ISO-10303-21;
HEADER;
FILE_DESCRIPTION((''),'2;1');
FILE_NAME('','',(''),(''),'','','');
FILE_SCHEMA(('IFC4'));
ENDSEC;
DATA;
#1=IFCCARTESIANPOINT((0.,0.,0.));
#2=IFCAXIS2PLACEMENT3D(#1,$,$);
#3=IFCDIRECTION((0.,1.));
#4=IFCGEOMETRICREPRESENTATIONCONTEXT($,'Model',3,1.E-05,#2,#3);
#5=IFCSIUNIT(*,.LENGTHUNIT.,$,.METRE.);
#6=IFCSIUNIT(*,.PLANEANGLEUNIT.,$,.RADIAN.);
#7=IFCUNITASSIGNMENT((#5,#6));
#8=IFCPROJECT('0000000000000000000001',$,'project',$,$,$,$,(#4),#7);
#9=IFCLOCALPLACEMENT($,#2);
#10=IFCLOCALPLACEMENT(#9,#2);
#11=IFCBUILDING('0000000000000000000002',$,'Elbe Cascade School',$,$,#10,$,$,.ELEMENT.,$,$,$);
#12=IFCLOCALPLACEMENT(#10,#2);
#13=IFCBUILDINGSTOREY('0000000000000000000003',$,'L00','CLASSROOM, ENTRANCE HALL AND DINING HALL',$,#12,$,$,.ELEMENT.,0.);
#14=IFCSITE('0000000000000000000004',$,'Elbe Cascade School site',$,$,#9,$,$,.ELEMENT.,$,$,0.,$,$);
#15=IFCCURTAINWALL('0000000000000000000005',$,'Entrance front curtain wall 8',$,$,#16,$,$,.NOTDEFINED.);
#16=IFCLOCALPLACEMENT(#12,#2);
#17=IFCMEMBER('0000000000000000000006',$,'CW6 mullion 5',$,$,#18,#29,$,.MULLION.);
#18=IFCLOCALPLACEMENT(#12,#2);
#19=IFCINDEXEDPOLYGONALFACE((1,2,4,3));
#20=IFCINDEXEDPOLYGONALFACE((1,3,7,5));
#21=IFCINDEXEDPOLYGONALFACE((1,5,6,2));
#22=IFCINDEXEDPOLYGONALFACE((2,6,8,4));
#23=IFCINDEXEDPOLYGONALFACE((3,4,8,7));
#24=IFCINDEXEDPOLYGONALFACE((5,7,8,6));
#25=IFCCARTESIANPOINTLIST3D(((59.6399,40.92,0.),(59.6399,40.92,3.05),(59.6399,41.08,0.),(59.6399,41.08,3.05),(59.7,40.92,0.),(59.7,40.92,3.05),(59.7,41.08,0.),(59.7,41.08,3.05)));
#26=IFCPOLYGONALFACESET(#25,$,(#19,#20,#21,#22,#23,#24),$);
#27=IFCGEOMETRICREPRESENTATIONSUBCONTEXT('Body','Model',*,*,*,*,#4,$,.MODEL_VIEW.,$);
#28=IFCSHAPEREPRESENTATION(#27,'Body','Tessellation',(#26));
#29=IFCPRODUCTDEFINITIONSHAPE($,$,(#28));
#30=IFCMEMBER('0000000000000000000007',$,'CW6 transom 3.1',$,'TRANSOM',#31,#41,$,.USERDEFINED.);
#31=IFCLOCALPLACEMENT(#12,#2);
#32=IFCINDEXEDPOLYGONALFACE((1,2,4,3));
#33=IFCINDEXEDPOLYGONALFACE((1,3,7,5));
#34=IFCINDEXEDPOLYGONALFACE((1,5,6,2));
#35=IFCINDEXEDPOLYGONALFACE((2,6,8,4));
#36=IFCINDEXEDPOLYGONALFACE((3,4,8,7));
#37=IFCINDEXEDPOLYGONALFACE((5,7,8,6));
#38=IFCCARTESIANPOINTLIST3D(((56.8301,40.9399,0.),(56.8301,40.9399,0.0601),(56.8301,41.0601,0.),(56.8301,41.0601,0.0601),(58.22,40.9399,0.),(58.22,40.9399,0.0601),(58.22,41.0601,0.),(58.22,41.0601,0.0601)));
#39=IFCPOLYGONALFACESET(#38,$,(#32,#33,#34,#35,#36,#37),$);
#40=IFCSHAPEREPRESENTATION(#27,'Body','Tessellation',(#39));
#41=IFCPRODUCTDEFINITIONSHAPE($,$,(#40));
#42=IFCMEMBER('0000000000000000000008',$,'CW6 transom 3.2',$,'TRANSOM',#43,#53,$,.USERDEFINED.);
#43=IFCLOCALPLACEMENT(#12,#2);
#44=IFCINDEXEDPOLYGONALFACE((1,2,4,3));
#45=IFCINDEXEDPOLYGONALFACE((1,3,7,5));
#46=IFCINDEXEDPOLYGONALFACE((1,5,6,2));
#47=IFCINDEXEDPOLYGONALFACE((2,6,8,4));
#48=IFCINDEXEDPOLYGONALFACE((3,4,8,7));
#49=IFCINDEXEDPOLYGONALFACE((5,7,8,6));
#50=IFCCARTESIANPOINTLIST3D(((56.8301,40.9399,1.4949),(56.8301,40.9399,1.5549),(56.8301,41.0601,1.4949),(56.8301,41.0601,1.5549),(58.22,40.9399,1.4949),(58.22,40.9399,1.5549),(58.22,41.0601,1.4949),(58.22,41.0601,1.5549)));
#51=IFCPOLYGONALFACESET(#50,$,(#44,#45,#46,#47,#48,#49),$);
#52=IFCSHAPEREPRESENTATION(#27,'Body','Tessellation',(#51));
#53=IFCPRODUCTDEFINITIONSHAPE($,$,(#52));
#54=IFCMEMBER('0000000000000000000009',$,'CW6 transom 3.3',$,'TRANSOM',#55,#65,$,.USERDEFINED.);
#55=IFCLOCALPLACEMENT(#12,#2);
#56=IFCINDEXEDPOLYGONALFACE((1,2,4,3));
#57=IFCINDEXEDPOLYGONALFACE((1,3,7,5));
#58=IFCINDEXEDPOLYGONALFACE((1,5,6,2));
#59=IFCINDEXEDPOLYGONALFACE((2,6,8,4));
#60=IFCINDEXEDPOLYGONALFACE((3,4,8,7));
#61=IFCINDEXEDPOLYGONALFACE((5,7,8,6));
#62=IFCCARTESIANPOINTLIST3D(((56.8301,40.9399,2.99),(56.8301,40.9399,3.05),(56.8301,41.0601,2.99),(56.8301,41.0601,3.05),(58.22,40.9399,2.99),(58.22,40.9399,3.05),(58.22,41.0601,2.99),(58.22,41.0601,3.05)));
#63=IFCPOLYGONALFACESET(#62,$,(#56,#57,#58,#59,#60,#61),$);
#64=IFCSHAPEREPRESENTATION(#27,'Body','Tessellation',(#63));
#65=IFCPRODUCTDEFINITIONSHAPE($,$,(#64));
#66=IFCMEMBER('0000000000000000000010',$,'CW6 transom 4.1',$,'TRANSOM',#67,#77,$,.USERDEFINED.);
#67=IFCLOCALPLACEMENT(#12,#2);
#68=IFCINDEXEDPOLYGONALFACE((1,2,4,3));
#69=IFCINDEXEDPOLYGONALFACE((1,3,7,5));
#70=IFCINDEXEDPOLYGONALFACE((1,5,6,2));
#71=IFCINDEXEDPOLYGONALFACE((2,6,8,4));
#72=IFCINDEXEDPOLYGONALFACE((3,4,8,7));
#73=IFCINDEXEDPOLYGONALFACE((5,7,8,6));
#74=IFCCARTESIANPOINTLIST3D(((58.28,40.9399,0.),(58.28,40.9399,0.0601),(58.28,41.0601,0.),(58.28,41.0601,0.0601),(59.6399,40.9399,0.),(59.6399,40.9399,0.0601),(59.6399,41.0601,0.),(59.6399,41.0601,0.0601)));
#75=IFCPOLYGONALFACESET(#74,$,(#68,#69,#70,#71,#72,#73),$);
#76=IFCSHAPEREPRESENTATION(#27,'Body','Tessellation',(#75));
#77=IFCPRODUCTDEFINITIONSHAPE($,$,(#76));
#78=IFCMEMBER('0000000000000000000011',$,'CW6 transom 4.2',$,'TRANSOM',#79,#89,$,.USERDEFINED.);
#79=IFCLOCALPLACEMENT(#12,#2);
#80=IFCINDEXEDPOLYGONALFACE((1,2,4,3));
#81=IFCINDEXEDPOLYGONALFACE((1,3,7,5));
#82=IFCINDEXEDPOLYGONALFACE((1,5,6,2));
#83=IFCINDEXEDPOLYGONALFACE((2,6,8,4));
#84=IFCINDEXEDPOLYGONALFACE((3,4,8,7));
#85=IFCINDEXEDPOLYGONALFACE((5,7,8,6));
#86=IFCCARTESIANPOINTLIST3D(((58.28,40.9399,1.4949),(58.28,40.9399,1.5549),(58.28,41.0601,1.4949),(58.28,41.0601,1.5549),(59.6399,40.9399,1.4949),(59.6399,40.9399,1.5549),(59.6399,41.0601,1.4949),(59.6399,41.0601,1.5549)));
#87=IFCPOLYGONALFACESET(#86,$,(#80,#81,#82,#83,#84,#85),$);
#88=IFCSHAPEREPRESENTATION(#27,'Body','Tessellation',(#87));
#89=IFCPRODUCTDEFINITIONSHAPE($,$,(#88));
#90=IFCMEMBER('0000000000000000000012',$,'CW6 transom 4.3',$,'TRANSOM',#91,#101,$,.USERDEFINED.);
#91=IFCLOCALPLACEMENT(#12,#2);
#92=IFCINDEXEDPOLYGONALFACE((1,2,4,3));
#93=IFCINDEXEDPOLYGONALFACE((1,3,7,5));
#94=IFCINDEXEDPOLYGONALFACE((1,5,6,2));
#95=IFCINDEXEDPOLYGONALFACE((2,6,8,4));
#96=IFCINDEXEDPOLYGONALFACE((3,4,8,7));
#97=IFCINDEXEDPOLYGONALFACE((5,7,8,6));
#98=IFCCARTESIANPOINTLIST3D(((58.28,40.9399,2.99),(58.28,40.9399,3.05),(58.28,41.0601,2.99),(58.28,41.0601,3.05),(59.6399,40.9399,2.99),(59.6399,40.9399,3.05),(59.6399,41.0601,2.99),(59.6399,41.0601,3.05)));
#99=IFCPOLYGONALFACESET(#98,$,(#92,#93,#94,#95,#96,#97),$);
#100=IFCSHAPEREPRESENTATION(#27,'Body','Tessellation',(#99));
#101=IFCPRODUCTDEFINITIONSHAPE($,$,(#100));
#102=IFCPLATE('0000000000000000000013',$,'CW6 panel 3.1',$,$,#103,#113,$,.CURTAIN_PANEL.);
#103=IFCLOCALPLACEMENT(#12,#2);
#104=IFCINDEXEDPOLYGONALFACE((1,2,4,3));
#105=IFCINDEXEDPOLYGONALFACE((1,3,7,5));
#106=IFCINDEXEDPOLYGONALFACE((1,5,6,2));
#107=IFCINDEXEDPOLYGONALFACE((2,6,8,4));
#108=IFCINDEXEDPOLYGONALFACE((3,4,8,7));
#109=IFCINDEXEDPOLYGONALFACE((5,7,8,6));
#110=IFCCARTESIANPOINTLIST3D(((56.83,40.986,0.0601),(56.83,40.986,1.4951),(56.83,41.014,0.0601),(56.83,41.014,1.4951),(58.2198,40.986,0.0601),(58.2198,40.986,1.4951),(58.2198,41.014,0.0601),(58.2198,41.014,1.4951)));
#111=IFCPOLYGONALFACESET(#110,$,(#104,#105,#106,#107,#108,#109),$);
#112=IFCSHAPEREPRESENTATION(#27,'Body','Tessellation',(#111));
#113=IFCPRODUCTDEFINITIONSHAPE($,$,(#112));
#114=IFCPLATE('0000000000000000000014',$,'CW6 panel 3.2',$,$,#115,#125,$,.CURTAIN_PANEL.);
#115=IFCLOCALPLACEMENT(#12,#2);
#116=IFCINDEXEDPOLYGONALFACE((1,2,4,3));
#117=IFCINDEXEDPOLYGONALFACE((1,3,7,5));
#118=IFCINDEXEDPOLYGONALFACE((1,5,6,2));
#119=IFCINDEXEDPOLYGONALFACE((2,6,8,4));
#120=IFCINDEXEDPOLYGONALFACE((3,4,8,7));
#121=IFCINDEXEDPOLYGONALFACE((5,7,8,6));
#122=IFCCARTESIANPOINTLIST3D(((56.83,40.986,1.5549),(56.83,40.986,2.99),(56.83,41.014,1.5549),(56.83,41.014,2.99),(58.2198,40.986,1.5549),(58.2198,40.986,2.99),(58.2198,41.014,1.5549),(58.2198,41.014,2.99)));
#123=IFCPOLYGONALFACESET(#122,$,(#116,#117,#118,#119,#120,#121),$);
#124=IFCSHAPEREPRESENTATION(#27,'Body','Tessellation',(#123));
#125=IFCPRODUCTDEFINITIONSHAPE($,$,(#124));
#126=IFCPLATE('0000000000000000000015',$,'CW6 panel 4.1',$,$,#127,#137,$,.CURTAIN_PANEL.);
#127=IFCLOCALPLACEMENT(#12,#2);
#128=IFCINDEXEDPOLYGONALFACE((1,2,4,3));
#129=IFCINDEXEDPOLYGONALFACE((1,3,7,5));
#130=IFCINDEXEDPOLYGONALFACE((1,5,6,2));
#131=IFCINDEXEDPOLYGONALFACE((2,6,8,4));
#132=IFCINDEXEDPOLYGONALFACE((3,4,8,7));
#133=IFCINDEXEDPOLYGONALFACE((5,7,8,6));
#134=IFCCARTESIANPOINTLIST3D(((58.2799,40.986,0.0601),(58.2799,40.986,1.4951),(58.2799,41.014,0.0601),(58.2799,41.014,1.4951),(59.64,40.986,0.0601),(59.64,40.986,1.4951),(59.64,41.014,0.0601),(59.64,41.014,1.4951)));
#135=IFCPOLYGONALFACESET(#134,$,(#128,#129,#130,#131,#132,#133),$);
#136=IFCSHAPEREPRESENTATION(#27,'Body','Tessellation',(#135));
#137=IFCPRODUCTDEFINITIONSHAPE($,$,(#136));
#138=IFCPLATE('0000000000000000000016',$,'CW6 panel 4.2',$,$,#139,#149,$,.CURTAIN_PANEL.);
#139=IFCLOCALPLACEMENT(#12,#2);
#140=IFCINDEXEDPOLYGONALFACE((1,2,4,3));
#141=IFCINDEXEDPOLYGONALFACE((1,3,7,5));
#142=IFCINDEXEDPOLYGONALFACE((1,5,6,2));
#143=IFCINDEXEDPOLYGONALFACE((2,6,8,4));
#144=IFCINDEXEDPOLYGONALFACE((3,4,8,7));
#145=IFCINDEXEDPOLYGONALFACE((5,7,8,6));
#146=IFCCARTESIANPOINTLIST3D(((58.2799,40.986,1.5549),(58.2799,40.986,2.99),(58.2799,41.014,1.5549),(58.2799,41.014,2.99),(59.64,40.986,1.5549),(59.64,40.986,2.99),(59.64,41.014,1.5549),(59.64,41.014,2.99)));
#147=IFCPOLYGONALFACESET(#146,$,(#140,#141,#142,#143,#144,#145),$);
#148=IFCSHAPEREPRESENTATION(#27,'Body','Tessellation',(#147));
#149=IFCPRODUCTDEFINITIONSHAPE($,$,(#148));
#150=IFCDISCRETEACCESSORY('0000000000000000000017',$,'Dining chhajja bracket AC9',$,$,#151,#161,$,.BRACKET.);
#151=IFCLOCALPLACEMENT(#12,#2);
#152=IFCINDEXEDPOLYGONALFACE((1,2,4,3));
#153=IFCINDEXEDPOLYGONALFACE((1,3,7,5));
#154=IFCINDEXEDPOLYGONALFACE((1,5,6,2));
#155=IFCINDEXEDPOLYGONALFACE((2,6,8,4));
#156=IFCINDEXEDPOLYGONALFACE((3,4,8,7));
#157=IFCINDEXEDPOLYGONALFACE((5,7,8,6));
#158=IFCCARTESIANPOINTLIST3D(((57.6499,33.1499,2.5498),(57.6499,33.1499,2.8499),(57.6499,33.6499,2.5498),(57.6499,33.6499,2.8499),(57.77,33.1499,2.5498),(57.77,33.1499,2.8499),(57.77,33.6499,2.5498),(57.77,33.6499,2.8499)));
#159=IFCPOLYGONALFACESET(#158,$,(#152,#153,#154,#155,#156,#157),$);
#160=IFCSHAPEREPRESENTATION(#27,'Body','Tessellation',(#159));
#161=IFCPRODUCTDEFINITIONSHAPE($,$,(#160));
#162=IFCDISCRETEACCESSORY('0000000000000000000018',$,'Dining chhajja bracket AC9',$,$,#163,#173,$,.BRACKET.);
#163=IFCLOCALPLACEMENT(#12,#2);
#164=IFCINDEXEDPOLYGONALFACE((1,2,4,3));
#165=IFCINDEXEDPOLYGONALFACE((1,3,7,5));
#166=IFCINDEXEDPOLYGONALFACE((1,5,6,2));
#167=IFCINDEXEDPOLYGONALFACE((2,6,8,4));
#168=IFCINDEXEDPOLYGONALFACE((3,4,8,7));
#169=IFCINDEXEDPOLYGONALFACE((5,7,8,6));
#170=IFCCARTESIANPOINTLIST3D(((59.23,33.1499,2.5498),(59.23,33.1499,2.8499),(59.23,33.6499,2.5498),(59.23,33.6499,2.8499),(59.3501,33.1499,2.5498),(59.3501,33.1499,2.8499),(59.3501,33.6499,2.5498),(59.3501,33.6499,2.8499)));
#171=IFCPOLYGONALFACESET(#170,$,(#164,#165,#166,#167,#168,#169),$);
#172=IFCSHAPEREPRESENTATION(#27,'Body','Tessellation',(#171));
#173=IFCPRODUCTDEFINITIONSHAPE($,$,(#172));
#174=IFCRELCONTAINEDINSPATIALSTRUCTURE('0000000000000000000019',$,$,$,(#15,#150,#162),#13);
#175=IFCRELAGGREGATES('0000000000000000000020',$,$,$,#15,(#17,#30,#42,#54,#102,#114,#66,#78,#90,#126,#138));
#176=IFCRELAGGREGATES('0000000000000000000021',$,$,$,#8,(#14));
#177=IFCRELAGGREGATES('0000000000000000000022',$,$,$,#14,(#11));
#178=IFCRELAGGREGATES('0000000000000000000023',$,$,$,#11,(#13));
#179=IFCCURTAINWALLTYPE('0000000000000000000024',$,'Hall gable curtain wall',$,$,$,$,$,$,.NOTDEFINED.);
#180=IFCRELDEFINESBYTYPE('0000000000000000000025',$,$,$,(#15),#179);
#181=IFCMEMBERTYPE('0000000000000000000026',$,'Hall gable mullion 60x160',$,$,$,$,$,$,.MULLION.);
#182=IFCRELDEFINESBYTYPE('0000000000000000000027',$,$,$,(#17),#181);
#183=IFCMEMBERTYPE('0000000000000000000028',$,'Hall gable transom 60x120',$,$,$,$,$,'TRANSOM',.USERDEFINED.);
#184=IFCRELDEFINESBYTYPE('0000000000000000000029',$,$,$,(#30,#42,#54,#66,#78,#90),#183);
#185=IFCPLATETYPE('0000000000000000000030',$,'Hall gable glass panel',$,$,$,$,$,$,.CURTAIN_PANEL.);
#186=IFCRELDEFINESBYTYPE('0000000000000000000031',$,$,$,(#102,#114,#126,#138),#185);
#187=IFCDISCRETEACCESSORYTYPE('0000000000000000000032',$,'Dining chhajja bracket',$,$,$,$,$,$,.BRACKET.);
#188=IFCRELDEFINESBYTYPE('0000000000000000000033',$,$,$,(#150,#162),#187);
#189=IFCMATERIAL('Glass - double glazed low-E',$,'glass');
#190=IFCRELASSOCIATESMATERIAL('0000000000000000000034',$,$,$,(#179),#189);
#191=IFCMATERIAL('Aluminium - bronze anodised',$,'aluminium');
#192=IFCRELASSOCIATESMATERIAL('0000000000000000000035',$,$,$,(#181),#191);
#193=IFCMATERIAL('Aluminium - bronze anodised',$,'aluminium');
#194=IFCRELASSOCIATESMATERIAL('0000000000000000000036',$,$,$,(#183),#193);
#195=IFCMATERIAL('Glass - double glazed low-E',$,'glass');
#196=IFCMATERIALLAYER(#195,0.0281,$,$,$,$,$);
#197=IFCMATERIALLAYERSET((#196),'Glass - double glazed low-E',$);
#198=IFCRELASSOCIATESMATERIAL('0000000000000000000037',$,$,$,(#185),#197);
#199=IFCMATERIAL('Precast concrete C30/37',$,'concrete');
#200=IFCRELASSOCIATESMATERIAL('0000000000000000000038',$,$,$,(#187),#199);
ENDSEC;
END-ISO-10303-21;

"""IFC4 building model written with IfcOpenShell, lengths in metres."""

from ifc_helpers import new_model, si_unit, direction, frame, origin, origin_2d, place, context, subcontext, project, spatial, rectangle, extrude, material, layer, layer_set, material_profile, profile_set, type_object, element, aggregate, save


model = new_model("IFC4")

# Units and contexts
model_context = context("Model", 3, precision=1e-05, world=origin(), true_north=direction((0.0, 1.0)))
body_context = subcontext(model_context, "Body", "Model", "MODEL_VIEW")
ifc_project = project(units=[si_unit("LENGTHUNIT", "METRE"), si_unit("PLANEANGLEUNIT", "RADIAN")], contexts=[model_context])

# Site, building, storey
site_placement = place(None, origin())
site = spatial("IfcSite", under=ifc_project, at=site_placement, Name="Elbe Cascade School site", CompositionType="ELEMENT", RefElevation=0.0)
building_placement = place(site_placement, origin())
building = spatial("IfcBuilding", under=site, at=building_placement, Name="Elbe Cascade School", CompositionType="ELEMENT")
storey_placement = place(building_placement, origin())
storey = spatial("IfcBuildingStorey", under=building, at=storey_placement, Name="L00", Description="CLASSROOM, ENTRANCE HALL AND DINING HALL", CompositionType="ELEMENT", Elevation=0.0)

# Curtain wall, members, plates
ifc_material_1 = material(Name="Glass - double glazed low-E", Category="glass")
curtain_wall_type_1 = type_object("IfcCurtainWallType", Name="Hall gable curtain wall", PredefinedType="NOTDEFINED", material=ifc_material_1)
curtain_wall_1_placement = place(storey_placement, origin())
curtain_wall_1 = element("IfcCurtainWall", 1, at=curtain_wall_1_placement, inside=storey, type_object=curtain_wall_type_1, Name="Entrance front curtain wall 8", PredefinedType="NOTDEFINED")
ifc_material_2 = material(Name="Aluminium - bronze anodised", Category="aluminium")
ifc_material_profile_1 = material_profile(ifc_material_2, rectangle(XDim=0.1599, YDim=0.0601, at=origin_2d()), Name="Alu 60x160")
ifc_profile_set_1 = profile_set([ifc_material_profile_1], Name="Aluminium - bronze anodised")
member_type_1 = type_object("IfcMemberType", Name="Hall gable mullion 60x160", PredefinedType="MULLION", material=ifc_profile_set_1)
member_1_placement = place(storey_placement, frame((59.6699, 41.0, 0.0), z_axis=(0.0, 0.0, 1.0), x_axis=(0.0, 1.0, 0.0)))
member_1 = element("IfcMember", 2, at=member_1_placement, type_object=member_type_1, Name="CW6 mullion 5", PredefinedType="MULLION", context=body_context, shape_type="SweptSolid", body=[
    extrude(rectangle(XDim=0.1599, YDim=0.0601, at=origin_2d()), origin(), (0.0, 0.0, 1.0), 3.05),
])
ifc_material_3 = material(Name="Aluminium - bronze anodised", Category="aluminium")
ifc_material_profile_2 = material_profile(ifc_material_3, rectangle(XDim=0.1201, YDim=0.0601, at=origin_2d()), Name="Alu 60x120")
ifc_profile_set_2 = profile_set([ifc_material_profile_2], Name="Aluminium - bronze anodised")
member_type_2 = type_object("IfcMemberType", Name="Hall gable transom 60x120", ElementType="TRANSOM", PredefinedType="USERDEFINED", material=ifc_profile_set_2)
member_2_placement = place(storey_placement, frame((56.8301, 41.0, 0.03), z_axis=(1.0, 0.0, 0.0), x_axis=(0.0, 1.0, 0.0)))
member_2 = element("IfcMember", 3, at=member_2_placement, type_object=member_type_2, Name="CW6 transom 3.1", ObjectType="TRANSOM", PredefinedType="USERDEFINED", context=body_context, shape_type="SweptSolid", body=[
    extrude(rectangle(XDim=0.1201, YDim=0.0601, at=origin_2d()), origin(), (0.0, 0.0, 1.0), 1.3899),
])
member_3_placement = place(storey_placement, frame((56.8301, 41.0, 1.5249), z_axis=(1.0, 0.0, 0.0), x_axis=(0.0, 1.0, 0.0)))
member_3 = element("IfcMember", 4, at=member_3_placement, type_object=member_type_2, Name="CW6 transom 3.2", ObjectType="TRANSOM", PredefinedType="USERDEFINED", context=body_context, shape_type="SweptSolid", body=[
    extrude(rectangle(XDim=0.1201, YDim=0.0601, at=origin_2d()), origin(), (0.0, 0.0, 1.0), 1.3899),
])
member_4_placement = place(storey_placement, frame((56.8301, 41.0, 3.02), z_axis=(1.0, 0.0, 0.0), x_axis=(0.0, 1.0, 0.0)))
member_4 = element("IfcMember", 5, at=member_4_placement, type_object=member_type_2, Name="CW6 transom 3.3", ObjectType="TRANSOM", PredefinedType="USERDEFINED", context=body_context, shape_type="SweptSolid", body=[
    extrude(rectangle(XDim=0.1201, YDim=0.0601, at=origin_2d()), origin(), (0.0, 0.0, 1.0), 1.3899),
])
member_5_placement = place(storey_placement, frame((58.28, 41.0, 0.03), z_axis=(1.0, 0.0, 0.0), x_axis=(0.0, 1.0, 0.0)))
member_5 = element("IfcMember", 6, at=member_5_placement, type_object=member_type_2, Name="CW6 transom 4.1", ObjectType="TRANSOM", PredefinedType="USERDEFINED", context=body_context, shape_type="SweptSolid", body=[
    extrude(rectangle(XDim=0.1201, YDim=0.0601, at=origin_2d()), origin(), (0.0, 0.0, 1.0), 1.3599),
])
member_6_placement = place(storey_placement, frame((58.28, 41.0, 1.5249), z_axis=(1.0, 0.0, 0.0), x_axis=(0.0, 1.0, 0.0)))
member_6 = element("IfcMember", 7, at=member_6_placement, type_object=member_type_2, Name="CW6 transom 4.2", ObjectType="TRANSOM", PredefinedType="USERDEFINED", context=body_context, shape_type="SweptSolid", body=[
    extrude(rectangle(XDim=0.1201, YDim=0.0601, at=origin_2d()), origin(), (0.0, 0.0, 1.0), 1.3599),
])
member_7_placement = place(storey_placement, frame((58.28, 41.0, 3.02), z_axis=(1.0, 0.0, 0.0), x_axis=(0.0, 1.0, 0.0)))
member_7 = element("IfcMember", 8, at=member_7_placement, type_object=member_type_2, Name="CW6 transom 4.3", ObjectType="TRANSOM", PredefinedType="USERDEFINED", context=body_context, shape_type="SweptSolid", body=[
    extrude(rectangle(XDim=0.1201, YDim=0.0601, at=origin_2d()), origin(), (0.0, 0.0, 1.0), 1.3599),
])
ifc_material_4 = material(Name="Glass - double glazed low-E", Category="glass")
ifc_layer_1 = layer(ifc_material_4, 0.0281)
ifc_layer_set_1 = layer_set([ifc_layer_1], Name="Glass - double glazed low-E")
plate_type = type_object("IfcPlateType", Name="Hall gable glass panel", PredefinedType="CURTAIN_PANEL", material=ifc_layer_set_1)
plate_1_placement = place(storey_placement, frame((57.5249, 41.0, 0.0601), z_axis=(0.0, 0.0, 1.0), x_axis=(1.0, 0.0, 0.0)))
plate_1 = element("IfcPlate", 9, at=plate_1_placement, type_object=plate_type, Name="CW6 panel 3.1", PredefinedType="CURTAIN_PANEL", context=body_context, shape_type="SweptSolid", body=[
    extrude(rectangle(XDim=1.3899, YDim=0.0281, at=origin_2d()), origin(), (0.0, 0.0, 1.0), 1.4351),
])
plate_2_placement = place(storey_placement, frame((57.5249, 41.0, 1.5549), z_axis=(0.0, 0.0, 1.0), x_axis=(1.0, 0.0, 0.0)))
plate_2 = element("IfcPlate", 10, at=plate_2_placement, type_object=plate_type, Name="CW6 panel 3.2", PredefinedType="CURTAIN_PANEL", context=body_context, shape_type="SweptSolid", body=[
    extrude(rectangle(XDim=1.3899, YDim=0.0281, at=origin_2d()), origin(), (0.0, 0.0, 1.0), 1.4351),
])
plate_3_placement = place(storey_placement, frame((58.96, 41.0, 0.0601), z_axis=(0.0, 0.0, 1.0), x_axis=(1.0, 0.0, 0.0)))
plate_3 = element("IfcPlate", 11, at=plate_3_placement, type_object=plate_type, Name="CW6 panel 4.1", PredefinedType="CURTAIN_PANEL", context=body_context, shape_type="SweptSolid", body=[
    extrude(rectangle(XDim=1.3601, YDim=0.0281, at=origin_2d()), origin(), (0.0, 0.0, 1.0), 1.4351),
])
plate_4_placement = place(storey_placement, frame((58.96, 41.0, 1.5549), z_axis=(0.0, 0.0, 1.0), x_axis=(1.0, 0.0, 0.0)))
plate_4 = element("IfcPlate", 12, at=plate_4_placement, type_object=plate_type, Name="CW6 panel 4.2", PredefinedType="CURTAIN_PANEL", context=body_context, shape_type="SweptSolid", body=[
    extrude(rectangle(XDim=1.3601, YDim=0.0281, at=origin_2d()), origin(), (0.0, 0.0, 1.0), 1.4351),
])
aggregate(curtain_wall_1, [member_1, member_2, member_3, member_4, plate_1, plate_2, member_5, member_6, member_7, plate_3, plate_4])

# Discrete accessories
ifc_material_5 = material(Name="Precast concrete C30/37", Category="concrete")
discrete_accessory_type = type_object("IfcDiscreteAccessoryType", Name="Dining chhajja bracket", PredefinedType="BRACKET", material=ifc_material_5)
for number, where, z_axis, x_axis, name in (
    (13, (57.71, 33.3999, 2.5498), (0.0, 0.0, 1.0), (1.0, 0.0, 0.0), "Dining chhajja bracket AC9"),
    (14, (59.29, 33.3999, 2.5498), (0.0, 0.0, 1.0), (1.0, 0.0, 0.0), "Dining chhajja bracket AC9"),
):
    element("IfcDiscreteAccessory", number, at=place(storey_placement, frame(where, z_axis=z_axis, x_axis=x_axis)), inside=storey, type_object=discrete_accessory_type, Name=name, PredefinedType="BRACKET", context=body_context, shape_type="SweptSolid", body=[
        extrude(rectangle(XDim=0.1201, YDim=0.5, at=origin_2d()), origin(), (0.0, 0.0, 1.0), 0.3),
    ])

save(model, "model.ifc")
